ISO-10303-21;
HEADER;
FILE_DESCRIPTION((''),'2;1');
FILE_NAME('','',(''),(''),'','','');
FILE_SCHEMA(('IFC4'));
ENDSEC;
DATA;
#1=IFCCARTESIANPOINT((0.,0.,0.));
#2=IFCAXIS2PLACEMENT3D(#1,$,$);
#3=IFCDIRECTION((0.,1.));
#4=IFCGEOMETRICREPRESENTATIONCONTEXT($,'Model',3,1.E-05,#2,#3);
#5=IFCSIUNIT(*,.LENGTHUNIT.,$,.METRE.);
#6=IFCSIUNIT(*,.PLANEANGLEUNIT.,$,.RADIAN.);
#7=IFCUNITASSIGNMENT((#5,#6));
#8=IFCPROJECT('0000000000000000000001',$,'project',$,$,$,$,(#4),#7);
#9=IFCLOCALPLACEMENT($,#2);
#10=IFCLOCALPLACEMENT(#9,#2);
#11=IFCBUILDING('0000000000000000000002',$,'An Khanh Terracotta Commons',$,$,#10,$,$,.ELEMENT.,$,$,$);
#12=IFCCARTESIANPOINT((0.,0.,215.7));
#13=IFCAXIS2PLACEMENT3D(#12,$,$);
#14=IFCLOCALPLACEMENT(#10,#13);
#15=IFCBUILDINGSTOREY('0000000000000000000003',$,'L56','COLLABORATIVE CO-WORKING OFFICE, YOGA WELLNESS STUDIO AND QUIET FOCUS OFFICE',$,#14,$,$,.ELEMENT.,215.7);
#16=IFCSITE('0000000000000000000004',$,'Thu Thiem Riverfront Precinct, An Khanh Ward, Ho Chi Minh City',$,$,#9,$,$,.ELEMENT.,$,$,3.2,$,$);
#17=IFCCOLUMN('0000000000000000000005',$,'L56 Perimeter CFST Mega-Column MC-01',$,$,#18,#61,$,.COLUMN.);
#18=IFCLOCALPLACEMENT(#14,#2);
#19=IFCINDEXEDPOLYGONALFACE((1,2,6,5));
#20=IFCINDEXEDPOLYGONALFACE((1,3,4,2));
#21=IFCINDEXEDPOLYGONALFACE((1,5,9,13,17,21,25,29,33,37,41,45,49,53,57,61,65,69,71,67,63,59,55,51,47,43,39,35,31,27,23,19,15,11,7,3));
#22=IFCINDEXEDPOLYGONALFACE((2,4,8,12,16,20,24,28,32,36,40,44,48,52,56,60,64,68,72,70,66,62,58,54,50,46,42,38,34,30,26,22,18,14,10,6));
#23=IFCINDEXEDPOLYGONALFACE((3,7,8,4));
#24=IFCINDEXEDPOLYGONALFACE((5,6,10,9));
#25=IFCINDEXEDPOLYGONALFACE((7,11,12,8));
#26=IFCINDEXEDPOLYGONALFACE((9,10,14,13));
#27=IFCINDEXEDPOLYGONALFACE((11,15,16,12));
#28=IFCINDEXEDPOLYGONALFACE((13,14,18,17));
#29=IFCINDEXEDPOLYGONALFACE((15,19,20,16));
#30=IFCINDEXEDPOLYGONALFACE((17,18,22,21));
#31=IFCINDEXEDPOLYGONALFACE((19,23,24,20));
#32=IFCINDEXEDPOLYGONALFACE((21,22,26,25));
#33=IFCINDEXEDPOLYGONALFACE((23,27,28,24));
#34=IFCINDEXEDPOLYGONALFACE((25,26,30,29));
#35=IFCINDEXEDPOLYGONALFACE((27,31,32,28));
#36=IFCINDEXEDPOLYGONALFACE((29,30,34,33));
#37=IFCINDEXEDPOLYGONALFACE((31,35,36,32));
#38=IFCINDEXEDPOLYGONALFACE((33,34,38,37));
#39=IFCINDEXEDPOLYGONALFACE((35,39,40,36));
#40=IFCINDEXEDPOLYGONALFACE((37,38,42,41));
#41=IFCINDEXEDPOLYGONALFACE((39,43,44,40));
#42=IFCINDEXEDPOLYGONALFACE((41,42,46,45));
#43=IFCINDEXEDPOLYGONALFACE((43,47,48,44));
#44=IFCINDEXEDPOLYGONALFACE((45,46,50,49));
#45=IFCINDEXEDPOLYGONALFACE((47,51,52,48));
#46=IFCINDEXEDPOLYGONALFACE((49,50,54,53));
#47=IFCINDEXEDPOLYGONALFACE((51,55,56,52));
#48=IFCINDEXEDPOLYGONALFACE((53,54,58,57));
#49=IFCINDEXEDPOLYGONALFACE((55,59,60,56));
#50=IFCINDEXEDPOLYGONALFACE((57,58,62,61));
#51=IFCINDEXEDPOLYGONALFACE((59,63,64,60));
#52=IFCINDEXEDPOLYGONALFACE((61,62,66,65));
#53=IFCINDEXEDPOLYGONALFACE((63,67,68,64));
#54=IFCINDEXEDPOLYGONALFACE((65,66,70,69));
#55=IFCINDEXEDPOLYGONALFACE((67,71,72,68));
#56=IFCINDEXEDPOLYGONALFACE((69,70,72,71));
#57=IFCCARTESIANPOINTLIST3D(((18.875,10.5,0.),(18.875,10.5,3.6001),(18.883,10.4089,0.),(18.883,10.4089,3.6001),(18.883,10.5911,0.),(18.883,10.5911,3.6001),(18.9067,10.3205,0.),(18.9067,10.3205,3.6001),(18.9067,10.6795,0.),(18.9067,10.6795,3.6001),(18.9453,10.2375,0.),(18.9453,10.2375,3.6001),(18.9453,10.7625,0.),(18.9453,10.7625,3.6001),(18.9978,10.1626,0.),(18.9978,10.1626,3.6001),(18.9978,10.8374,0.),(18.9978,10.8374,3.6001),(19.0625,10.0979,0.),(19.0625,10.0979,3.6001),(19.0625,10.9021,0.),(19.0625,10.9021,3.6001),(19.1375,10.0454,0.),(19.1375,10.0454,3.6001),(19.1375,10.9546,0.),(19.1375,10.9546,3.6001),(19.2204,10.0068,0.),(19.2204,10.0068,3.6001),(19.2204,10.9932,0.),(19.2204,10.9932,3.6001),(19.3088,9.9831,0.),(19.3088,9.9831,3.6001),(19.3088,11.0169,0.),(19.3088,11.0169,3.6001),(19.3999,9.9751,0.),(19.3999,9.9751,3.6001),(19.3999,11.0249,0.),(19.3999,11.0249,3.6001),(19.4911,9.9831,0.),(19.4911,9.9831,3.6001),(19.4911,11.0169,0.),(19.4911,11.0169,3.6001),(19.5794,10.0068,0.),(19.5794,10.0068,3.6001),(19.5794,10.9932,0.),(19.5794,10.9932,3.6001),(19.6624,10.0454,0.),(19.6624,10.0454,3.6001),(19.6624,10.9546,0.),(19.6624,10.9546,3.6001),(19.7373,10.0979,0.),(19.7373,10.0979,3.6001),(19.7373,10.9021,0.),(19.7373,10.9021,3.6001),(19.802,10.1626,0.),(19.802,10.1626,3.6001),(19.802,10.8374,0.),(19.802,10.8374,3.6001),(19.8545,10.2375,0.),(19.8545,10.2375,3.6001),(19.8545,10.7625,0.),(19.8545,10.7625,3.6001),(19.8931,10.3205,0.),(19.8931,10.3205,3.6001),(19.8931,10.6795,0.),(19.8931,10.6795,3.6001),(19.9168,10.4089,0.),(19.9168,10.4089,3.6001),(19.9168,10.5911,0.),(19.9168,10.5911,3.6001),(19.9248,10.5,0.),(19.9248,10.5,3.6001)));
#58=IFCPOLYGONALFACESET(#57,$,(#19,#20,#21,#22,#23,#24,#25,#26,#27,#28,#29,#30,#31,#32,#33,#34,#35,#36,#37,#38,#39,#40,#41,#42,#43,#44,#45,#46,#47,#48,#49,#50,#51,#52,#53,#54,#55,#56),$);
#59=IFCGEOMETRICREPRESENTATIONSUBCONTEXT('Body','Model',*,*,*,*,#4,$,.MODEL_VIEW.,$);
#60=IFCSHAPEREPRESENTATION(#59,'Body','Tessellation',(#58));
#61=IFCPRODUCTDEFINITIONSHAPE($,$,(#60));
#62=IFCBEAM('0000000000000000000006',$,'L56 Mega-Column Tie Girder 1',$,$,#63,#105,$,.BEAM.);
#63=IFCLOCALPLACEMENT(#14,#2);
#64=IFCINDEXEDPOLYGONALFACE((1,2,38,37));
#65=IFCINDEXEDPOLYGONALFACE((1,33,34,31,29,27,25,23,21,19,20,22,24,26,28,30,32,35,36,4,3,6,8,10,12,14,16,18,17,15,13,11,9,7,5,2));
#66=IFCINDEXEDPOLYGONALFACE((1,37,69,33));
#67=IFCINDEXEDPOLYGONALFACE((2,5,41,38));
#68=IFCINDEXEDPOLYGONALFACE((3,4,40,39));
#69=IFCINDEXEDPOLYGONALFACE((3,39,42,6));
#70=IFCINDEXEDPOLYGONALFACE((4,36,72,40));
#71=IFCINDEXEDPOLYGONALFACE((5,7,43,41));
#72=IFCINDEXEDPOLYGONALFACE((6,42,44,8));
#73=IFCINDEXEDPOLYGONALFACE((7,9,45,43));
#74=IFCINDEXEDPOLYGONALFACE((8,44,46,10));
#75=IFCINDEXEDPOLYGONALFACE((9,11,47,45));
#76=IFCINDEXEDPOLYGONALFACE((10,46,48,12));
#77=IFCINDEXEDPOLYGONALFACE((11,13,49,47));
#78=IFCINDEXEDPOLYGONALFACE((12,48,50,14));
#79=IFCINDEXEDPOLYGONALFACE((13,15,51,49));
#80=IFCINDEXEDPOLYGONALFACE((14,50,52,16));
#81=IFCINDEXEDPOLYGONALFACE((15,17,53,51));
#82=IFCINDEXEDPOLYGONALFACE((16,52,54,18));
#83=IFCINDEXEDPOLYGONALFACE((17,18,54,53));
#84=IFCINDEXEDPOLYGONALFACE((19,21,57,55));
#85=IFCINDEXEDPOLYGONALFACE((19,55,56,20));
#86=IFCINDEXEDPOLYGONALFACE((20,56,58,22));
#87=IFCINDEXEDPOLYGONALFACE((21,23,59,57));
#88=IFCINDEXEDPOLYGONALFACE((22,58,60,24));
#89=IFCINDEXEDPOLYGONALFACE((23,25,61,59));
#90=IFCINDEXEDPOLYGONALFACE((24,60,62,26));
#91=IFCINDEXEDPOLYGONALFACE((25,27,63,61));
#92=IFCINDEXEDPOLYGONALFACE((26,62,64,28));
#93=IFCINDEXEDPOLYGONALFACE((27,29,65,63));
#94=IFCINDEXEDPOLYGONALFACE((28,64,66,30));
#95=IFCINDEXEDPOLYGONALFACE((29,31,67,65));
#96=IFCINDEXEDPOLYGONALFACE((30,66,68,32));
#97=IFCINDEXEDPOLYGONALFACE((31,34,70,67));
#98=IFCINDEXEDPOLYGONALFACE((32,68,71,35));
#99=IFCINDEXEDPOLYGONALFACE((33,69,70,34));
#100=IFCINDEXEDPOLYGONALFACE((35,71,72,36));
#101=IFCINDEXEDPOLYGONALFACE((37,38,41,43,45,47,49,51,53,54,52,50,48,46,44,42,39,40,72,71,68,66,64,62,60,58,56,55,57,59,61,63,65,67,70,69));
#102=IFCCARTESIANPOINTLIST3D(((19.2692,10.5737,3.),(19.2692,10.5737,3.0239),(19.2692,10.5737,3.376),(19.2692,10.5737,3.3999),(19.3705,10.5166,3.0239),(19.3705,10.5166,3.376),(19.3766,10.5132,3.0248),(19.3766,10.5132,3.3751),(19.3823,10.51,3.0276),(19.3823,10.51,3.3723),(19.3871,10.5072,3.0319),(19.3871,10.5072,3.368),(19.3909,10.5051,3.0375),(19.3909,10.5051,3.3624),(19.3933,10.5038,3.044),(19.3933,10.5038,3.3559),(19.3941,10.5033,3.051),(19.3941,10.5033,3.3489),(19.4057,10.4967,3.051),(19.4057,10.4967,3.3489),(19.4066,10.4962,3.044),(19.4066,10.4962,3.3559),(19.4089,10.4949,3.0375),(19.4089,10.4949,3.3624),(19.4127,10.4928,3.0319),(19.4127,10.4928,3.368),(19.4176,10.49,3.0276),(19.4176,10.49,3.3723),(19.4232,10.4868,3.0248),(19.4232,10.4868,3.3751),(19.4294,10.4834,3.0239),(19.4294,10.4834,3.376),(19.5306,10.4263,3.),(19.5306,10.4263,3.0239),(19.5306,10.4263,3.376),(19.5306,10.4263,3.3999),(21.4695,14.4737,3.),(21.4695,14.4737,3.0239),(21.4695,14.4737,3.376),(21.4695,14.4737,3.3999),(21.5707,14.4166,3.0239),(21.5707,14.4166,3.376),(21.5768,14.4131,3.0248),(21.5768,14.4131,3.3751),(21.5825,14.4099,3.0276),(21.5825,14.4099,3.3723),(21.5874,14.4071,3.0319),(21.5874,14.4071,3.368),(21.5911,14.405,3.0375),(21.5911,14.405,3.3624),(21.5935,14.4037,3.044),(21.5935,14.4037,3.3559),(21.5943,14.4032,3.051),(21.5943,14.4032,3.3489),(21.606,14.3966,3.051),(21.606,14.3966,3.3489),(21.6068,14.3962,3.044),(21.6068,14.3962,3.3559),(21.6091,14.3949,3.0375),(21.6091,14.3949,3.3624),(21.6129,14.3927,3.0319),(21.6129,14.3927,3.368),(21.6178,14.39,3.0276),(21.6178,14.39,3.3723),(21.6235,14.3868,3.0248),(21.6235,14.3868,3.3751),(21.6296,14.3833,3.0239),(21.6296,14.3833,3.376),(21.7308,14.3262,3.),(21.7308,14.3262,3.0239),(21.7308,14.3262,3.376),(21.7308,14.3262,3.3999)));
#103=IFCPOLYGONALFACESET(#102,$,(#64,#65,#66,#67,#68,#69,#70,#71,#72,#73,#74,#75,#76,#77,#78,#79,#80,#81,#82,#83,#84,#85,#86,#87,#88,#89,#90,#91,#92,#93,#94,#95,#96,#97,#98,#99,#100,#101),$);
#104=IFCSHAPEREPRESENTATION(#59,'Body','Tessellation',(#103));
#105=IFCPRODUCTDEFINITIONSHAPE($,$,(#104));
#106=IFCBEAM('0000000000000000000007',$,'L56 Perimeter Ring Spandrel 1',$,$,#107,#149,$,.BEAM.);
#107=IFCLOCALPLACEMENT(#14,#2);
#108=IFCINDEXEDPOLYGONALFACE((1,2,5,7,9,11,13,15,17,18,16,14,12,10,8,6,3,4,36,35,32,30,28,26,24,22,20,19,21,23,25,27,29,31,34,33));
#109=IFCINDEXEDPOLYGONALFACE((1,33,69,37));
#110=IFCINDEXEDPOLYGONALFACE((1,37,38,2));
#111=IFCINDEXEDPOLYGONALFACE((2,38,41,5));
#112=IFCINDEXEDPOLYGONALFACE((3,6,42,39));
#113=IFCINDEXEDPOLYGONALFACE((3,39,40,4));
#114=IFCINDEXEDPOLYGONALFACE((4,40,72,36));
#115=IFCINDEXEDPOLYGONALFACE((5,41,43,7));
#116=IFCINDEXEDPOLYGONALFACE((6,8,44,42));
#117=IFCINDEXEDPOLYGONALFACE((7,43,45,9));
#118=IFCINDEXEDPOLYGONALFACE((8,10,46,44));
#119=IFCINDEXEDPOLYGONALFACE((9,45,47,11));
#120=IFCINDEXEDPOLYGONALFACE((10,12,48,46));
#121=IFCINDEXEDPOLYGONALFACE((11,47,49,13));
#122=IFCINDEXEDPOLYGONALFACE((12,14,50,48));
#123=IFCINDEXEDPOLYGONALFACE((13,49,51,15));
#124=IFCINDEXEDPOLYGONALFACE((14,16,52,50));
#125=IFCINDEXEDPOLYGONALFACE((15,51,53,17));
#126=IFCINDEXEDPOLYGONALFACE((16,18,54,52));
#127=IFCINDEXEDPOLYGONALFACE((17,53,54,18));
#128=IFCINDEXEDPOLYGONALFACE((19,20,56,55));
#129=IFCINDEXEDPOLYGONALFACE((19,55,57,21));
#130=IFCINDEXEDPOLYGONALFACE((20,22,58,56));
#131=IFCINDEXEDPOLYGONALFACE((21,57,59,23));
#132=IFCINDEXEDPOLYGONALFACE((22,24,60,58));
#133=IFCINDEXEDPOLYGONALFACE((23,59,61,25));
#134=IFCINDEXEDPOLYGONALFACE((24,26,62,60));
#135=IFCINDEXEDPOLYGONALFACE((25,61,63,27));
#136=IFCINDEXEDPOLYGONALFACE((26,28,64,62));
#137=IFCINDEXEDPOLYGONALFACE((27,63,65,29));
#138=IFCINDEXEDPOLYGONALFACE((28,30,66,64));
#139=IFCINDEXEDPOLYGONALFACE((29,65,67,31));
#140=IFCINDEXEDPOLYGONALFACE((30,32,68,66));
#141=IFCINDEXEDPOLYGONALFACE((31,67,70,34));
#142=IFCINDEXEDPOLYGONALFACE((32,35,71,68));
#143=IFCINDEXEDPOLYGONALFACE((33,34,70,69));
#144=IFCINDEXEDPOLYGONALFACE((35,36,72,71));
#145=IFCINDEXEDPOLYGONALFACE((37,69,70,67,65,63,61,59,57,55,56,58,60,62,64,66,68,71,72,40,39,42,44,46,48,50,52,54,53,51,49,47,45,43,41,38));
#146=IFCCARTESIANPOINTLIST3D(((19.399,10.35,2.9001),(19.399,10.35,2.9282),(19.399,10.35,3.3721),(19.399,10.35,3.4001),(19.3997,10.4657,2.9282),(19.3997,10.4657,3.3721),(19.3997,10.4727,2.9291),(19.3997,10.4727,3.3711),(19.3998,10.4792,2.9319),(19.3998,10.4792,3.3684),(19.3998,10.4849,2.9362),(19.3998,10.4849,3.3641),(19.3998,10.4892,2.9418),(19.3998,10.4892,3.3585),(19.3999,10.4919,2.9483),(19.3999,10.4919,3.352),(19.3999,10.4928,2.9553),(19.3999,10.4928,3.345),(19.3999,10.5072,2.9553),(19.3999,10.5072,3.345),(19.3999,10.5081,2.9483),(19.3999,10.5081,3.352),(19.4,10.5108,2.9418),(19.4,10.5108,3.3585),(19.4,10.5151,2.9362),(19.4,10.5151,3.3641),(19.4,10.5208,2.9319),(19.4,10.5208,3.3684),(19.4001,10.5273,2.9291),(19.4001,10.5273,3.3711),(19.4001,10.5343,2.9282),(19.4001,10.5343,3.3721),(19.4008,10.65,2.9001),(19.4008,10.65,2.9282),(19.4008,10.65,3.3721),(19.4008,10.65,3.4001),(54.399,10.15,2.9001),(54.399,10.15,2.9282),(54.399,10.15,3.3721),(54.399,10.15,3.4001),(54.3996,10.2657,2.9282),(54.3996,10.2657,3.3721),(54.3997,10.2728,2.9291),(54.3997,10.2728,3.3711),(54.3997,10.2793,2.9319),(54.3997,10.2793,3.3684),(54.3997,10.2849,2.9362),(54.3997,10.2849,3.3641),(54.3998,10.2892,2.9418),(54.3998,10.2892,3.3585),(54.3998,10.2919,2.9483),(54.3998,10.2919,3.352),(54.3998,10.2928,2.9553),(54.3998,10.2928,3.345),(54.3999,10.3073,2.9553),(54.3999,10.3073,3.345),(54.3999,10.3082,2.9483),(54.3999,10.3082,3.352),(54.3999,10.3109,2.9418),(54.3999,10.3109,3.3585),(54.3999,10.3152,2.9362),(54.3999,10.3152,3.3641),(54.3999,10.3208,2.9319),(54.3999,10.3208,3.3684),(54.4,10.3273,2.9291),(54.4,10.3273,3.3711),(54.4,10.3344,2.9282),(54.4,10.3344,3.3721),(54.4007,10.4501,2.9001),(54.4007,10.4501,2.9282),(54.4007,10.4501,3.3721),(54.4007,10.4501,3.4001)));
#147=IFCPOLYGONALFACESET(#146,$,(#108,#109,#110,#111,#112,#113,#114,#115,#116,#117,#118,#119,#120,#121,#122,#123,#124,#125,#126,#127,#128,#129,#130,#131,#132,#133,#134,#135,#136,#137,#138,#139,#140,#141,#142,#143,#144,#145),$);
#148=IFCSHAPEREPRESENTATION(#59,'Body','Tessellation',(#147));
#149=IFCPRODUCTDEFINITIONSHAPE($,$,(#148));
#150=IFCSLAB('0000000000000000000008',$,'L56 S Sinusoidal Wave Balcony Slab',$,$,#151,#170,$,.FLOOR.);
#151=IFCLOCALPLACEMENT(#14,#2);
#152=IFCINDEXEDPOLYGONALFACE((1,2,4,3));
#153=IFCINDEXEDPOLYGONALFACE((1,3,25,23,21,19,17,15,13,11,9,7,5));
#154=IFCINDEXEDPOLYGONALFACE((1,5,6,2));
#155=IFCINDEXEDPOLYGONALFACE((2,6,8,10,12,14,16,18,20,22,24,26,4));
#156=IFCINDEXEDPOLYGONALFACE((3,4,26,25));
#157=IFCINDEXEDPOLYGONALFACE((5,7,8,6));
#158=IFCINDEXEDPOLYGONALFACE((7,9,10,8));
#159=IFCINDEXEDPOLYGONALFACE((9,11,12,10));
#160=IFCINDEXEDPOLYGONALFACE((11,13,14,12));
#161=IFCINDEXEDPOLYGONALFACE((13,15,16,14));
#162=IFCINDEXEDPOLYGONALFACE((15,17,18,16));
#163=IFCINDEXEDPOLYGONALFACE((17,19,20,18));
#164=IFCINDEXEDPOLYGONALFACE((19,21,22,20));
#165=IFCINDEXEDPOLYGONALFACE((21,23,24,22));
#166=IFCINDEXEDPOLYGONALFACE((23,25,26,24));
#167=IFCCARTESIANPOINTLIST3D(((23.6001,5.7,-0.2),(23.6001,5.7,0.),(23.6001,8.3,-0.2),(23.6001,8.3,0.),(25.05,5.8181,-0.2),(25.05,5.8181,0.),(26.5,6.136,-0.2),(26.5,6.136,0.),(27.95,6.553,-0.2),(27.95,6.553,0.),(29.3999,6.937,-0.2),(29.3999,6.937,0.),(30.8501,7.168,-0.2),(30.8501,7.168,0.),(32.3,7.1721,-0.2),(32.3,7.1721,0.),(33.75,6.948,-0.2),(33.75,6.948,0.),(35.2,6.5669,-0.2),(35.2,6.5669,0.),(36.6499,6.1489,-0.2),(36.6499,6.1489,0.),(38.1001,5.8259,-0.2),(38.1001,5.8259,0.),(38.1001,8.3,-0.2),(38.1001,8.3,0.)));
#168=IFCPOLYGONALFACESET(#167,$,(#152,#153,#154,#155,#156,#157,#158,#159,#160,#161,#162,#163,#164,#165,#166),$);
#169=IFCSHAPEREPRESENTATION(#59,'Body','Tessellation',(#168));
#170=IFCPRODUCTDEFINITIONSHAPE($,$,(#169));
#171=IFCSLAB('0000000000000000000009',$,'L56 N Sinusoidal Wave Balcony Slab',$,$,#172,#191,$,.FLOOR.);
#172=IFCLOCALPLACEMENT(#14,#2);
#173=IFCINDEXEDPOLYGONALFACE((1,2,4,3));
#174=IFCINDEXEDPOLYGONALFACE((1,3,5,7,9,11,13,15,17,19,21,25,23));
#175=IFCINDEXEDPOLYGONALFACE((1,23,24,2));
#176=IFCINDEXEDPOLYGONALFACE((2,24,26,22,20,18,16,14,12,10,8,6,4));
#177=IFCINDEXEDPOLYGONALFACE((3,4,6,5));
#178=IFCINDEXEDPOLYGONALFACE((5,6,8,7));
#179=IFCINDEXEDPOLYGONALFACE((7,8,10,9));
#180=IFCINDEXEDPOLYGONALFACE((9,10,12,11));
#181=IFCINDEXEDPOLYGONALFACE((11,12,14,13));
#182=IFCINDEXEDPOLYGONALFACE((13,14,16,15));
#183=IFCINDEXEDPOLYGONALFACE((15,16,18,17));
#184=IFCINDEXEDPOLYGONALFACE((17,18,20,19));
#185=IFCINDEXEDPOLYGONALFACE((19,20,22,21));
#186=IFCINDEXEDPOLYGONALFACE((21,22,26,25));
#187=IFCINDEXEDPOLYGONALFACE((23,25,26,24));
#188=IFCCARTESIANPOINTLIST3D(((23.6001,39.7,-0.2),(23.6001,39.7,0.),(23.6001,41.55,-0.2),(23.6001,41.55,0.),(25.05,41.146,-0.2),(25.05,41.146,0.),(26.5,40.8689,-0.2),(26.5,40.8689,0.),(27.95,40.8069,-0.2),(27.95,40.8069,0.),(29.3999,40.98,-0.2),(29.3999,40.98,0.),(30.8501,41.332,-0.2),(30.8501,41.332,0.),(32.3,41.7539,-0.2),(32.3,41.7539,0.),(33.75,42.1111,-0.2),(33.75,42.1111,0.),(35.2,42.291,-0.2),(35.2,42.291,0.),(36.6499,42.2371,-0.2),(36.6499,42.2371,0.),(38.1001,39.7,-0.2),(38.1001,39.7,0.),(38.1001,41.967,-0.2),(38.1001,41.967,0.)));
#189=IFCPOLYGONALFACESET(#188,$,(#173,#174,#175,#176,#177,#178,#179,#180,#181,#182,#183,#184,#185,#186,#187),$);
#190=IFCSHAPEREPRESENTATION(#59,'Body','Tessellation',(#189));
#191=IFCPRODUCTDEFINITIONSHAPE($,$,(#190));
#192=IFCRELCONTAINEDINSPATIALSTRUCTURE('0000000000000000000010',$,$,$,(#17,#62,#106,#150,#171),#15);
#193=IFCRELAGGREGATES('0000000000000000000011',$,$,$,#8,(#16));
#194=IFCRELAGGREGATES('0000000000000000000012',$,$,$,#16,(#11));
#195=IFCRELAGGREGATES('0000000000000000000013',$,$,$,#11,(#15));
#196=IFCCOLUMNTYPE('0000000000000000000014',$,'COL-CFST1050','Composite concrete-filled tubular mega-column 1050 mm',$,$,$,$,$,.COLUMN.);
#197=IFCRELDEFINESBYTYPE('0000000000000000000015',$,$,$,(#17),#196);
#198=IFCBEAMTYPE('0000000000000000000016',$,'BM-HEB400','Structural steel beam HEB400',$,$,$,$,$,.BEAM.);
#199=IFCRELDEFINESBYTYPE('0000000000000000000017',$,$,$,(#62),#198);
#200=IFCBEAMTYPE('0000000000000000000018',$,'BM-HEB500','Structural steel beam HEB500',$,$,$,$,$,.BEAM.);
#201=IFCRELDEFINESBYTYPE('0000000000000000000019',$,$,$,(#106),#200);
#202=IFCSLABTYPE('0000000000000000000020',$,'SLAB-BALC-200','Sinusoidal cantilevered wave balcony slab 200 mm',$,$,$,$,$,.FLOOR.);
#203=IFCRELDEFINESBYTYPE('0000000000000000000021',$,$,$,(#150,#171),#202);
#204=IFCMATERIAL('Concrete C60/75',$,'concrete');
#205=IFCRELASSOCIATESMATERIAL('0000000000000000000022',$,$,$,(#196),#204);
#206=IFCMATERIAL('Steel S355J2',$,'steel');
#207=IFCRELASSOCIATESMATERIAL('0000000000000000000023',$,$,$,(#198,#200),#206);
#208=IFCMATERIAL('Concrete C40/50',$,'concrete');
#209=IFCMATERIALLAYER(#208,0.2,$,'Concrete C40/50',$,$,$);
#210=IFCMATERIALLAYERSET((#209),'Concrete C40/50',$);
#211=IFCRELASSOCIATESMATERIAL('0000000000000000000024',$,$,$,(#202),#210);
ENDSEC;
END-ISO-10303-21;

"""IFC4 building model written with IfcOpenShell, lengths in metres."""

from ifc_helpers import new_model, si_unit, direction, frame, origin, origin_2d, place, context, subcontext, project, spatial, polyline, circle, i_section, outline, extrude, material, layer, layer_set, material_profile, profile_set, type_object, element, save


model = new_model("IFC4")

# Units and contexts
model_context = context("Model", 3, precision=1e-05, world=origin(), true_north=direction((0.0, 1.0)))
body_context = subcontext(model_context, "Body", "Model", "MODEL_VIEW")
ifc_project = project(units=[si_unit("LENGTHUNIT", "METRE"), si_unit("PLANEANGLEUNIT", "RADIAN")], contexts=[model_context])

# Site, building, storey
site_placement = place(None, origin())
site = spatial("IfcSite", under=ifc_project, at=site_placement, Name="Thu Thiem Riverfront Precinct, An Khanh Ward, Ho Chi Minh City", CompositionType="ELEMENT", RefElevation=3.2)
building_placement = place(site_placement, origin())
building = spatial("IfcBuilding", under=site, at=building_placement, Name="An Khanh Terracotta Commons", CompositionType="ELEMENT")
storey_placement = place(building_placement, frame((0.0, 0.0, 215.7)))
storey = spatial("IfcBuildingStorey", under=building, at=storey_placement, Name="L56", Description="COLLABORATIVE CO-WORKING OFFICE, YOGA WELLNESS STUDIO AND QUIET FOCUS OFFICE", CompositionType="ELEMENT", Elevation=215.7)

# Column
ifc_material_1 = material(Name="Concrete C60/75", Category="concrete")
ifc_material_profile_1 = material_profile(ifc_material_1, circle(Radius=0.5249, at=origin_2d()), Name="CFST1050")
ifc_profile_set_1 = profile_set([ifc_material_profile_1], Name="Concrete C60/75")
column_type = type_object("IfcColumnType", Name="COL-CFST1050", Description="Composite concrete-filled tubular mega-column 1050 mm", PredefinedType="COLUMN", material=ifc_profile_set_1)
column_placement = place(storey_placement, frame((19.3999, 10.5, 0.0), z_axis=(0.0, 0.0, 1.0), x_axis=(1.0, 0.0, 0.0)))
element("IfcColumn", 1, at=column_placement, inside=storey, type_object=column_type, Name="L56 Perimeter CFST Mega-Column MC-01", PredefinedType="COLUMN", context=body_context, shape_type="SweptSolid", body=[
    extrude(circle(Radius=0.5249, at=origin_2d()), origin(), (0.0, 0.0, 1.0), 3.6001),
])

# Beams
ifc_material_2 = material(Name="Steel S355J2", Category="steel")
ifc_material_profile_2 = material_profile(ifc_material_2, i_section(OverallWidth=0.3, OverallDepth=0.3999, WebThickness=0.0134, FlangeThickness=0.0239, FilletRadius=0.0271, at=origin_2d()), Name="HEB400")
ifc_profile_set_2 = profile_set([ifc_material_profile_2], Name="Steel S355J2")
beam_type_1 = type_object("IfcBeamType", Name="BM-HEB400", Description="Structural steel beam HEB400", PredefinedType="BEAM", material=ifc_profile_set_2)
beam_1_placement = place(storey_placement, frame((19.3999, 10.5, 3.2), z_axis=(0.491364, 0.870955, 0.0), x_axis=(-0.870955, 0.491364, 0.0)))
element("IfcBeam", 2, at=beam_1_placement, inside=storey, type_object=beam_type_1, Name="L56 Mega-Column Tie Girder 1", PredefinedType="BEAM", context=body_context, shape_type="SweptSolid", body=[
    extrude(i_section(OverallWidth=0.3, OverallDepth=0.3999, WebThickness=0.0134, FlangeThickness=0.0239, FilletRadius=0.0271, at=origin_2d()), origin(), (0.0, 0.0, 1.0), 4.4778),
])
ifc_material_profile_3 = material_profile(ifc_material_2, i_section(OverallWidth=0.3, OverallDepth=0.5, WebThickness=0.0144, FlangeThickness=0.0281, FilletRadius=0.0271, at=origin_2d()), Name="HEB500")
ifc_profile_set_3 = profile_set([ifc_material_profile_3], Name="Steel S355J2")
beam_type_2 = type_object("IfcBeamType", Name="BM-HEB500", Description="Structural steel beam HEB500", PredefinedType="BEAM", material=ifc_profile_set_3)
beam_2_placement = place(storey_placement, frame((19.3999, 10.5, 3.1501), z_axis=(0.999984, -0.005713, 0.0), x_axis=(0.005713, 0.999984, 0.0)))
element("IfcBeam", 3, at=beam_2_placement, inside=storey, type_object=beam_type_2, Name="L56 Perimeter Ring Spandrel 1", PredefinedType="BEAM", context=body_context, shape_type="SweptSolid", body=[
    extrude(i_section(OverallWidth=0.3, OverallDepth=0.5, WebThickness=0.0144, FlangeThickness=0.0281, FilletRadius=0.0271, at=origin_2d()), origin(), (0.0, 0.0, 1.0), 35.0005),
])

# Slabs
ifc_material_3 = material(Name="Concrete C40/50", Category="concrete")
ifc_layer_1 = layer(ifc_material_3, 0.2, Name="Concrete C40/50")
ifc_layer_set_1 = layer_set([ifc_layer_1], Name="Concrete C40/50")
slab_type_1 = type_object("IfcSlabType", Name="SLAB-BALC-200", Description="Sinusoidal cantilevered wave balcony slab 200 mm", PredefinedType="FLOOR", material=ifc_layer_set_1)
slab_1_placement = place(storey_placement, frame((0.0, 0.0, -0.2)))
element("IfcSlab", 4, at=slab_1_placement, inside=storey, type_object=slab_type_1, Name="L56 S Sinusoidal Wave Balcony Slab", PredefinedType="FLOOR", context=body_context, shape_type="SweptSolid", body=[
    extrude(outline(polyline([(23.6001, 8.3), (23.6001, 5.7), (25.05, 5.8181), (26.5, 6.136), (27.95, 6.553), (29.3999, 6.937), (30.8501, 7.168), (32.3, 7.1721), (33.75, 6.948), (35.2, 6.5669), (36.6499, 6.1489), (38.1001, 5.8259), (38.1001, 8.3), (23.6001, 8.3)])), origin(), (0.0, 0.0, 1.0), 0.2),
])
slab_2_placement = place(storey_placement, frame((0.0, 0.0, -0.2)))
element("IfcSlab", 5, at=slab_2_placement, inside=storey, type_object=slab_type_1, Name="L56 N Sinusoidal Wave Balcony Slab", PredefinedType="FLOOR", context=body_context, shape_type="SweptSolid", body=[
    extrude(outline(polyline([(38.1001, 39.7), (38.1001, 41.967), (36.6499, 42.2371), (35.2, 42.291), (33.75, 42.1111), (32.3, 41.7539), (30.8501, 41.332), (29.3999, 40.98), (27.95, 40.8069), (26.5, 40.8689), (25.05, 41.146), (23.6001, 41.55), (23.6001, 39.7), (38.1001, 39.7)])), origin(), (0.0, 0.0, 1.0), 0.2),
])

save(model, "model.ifc")
